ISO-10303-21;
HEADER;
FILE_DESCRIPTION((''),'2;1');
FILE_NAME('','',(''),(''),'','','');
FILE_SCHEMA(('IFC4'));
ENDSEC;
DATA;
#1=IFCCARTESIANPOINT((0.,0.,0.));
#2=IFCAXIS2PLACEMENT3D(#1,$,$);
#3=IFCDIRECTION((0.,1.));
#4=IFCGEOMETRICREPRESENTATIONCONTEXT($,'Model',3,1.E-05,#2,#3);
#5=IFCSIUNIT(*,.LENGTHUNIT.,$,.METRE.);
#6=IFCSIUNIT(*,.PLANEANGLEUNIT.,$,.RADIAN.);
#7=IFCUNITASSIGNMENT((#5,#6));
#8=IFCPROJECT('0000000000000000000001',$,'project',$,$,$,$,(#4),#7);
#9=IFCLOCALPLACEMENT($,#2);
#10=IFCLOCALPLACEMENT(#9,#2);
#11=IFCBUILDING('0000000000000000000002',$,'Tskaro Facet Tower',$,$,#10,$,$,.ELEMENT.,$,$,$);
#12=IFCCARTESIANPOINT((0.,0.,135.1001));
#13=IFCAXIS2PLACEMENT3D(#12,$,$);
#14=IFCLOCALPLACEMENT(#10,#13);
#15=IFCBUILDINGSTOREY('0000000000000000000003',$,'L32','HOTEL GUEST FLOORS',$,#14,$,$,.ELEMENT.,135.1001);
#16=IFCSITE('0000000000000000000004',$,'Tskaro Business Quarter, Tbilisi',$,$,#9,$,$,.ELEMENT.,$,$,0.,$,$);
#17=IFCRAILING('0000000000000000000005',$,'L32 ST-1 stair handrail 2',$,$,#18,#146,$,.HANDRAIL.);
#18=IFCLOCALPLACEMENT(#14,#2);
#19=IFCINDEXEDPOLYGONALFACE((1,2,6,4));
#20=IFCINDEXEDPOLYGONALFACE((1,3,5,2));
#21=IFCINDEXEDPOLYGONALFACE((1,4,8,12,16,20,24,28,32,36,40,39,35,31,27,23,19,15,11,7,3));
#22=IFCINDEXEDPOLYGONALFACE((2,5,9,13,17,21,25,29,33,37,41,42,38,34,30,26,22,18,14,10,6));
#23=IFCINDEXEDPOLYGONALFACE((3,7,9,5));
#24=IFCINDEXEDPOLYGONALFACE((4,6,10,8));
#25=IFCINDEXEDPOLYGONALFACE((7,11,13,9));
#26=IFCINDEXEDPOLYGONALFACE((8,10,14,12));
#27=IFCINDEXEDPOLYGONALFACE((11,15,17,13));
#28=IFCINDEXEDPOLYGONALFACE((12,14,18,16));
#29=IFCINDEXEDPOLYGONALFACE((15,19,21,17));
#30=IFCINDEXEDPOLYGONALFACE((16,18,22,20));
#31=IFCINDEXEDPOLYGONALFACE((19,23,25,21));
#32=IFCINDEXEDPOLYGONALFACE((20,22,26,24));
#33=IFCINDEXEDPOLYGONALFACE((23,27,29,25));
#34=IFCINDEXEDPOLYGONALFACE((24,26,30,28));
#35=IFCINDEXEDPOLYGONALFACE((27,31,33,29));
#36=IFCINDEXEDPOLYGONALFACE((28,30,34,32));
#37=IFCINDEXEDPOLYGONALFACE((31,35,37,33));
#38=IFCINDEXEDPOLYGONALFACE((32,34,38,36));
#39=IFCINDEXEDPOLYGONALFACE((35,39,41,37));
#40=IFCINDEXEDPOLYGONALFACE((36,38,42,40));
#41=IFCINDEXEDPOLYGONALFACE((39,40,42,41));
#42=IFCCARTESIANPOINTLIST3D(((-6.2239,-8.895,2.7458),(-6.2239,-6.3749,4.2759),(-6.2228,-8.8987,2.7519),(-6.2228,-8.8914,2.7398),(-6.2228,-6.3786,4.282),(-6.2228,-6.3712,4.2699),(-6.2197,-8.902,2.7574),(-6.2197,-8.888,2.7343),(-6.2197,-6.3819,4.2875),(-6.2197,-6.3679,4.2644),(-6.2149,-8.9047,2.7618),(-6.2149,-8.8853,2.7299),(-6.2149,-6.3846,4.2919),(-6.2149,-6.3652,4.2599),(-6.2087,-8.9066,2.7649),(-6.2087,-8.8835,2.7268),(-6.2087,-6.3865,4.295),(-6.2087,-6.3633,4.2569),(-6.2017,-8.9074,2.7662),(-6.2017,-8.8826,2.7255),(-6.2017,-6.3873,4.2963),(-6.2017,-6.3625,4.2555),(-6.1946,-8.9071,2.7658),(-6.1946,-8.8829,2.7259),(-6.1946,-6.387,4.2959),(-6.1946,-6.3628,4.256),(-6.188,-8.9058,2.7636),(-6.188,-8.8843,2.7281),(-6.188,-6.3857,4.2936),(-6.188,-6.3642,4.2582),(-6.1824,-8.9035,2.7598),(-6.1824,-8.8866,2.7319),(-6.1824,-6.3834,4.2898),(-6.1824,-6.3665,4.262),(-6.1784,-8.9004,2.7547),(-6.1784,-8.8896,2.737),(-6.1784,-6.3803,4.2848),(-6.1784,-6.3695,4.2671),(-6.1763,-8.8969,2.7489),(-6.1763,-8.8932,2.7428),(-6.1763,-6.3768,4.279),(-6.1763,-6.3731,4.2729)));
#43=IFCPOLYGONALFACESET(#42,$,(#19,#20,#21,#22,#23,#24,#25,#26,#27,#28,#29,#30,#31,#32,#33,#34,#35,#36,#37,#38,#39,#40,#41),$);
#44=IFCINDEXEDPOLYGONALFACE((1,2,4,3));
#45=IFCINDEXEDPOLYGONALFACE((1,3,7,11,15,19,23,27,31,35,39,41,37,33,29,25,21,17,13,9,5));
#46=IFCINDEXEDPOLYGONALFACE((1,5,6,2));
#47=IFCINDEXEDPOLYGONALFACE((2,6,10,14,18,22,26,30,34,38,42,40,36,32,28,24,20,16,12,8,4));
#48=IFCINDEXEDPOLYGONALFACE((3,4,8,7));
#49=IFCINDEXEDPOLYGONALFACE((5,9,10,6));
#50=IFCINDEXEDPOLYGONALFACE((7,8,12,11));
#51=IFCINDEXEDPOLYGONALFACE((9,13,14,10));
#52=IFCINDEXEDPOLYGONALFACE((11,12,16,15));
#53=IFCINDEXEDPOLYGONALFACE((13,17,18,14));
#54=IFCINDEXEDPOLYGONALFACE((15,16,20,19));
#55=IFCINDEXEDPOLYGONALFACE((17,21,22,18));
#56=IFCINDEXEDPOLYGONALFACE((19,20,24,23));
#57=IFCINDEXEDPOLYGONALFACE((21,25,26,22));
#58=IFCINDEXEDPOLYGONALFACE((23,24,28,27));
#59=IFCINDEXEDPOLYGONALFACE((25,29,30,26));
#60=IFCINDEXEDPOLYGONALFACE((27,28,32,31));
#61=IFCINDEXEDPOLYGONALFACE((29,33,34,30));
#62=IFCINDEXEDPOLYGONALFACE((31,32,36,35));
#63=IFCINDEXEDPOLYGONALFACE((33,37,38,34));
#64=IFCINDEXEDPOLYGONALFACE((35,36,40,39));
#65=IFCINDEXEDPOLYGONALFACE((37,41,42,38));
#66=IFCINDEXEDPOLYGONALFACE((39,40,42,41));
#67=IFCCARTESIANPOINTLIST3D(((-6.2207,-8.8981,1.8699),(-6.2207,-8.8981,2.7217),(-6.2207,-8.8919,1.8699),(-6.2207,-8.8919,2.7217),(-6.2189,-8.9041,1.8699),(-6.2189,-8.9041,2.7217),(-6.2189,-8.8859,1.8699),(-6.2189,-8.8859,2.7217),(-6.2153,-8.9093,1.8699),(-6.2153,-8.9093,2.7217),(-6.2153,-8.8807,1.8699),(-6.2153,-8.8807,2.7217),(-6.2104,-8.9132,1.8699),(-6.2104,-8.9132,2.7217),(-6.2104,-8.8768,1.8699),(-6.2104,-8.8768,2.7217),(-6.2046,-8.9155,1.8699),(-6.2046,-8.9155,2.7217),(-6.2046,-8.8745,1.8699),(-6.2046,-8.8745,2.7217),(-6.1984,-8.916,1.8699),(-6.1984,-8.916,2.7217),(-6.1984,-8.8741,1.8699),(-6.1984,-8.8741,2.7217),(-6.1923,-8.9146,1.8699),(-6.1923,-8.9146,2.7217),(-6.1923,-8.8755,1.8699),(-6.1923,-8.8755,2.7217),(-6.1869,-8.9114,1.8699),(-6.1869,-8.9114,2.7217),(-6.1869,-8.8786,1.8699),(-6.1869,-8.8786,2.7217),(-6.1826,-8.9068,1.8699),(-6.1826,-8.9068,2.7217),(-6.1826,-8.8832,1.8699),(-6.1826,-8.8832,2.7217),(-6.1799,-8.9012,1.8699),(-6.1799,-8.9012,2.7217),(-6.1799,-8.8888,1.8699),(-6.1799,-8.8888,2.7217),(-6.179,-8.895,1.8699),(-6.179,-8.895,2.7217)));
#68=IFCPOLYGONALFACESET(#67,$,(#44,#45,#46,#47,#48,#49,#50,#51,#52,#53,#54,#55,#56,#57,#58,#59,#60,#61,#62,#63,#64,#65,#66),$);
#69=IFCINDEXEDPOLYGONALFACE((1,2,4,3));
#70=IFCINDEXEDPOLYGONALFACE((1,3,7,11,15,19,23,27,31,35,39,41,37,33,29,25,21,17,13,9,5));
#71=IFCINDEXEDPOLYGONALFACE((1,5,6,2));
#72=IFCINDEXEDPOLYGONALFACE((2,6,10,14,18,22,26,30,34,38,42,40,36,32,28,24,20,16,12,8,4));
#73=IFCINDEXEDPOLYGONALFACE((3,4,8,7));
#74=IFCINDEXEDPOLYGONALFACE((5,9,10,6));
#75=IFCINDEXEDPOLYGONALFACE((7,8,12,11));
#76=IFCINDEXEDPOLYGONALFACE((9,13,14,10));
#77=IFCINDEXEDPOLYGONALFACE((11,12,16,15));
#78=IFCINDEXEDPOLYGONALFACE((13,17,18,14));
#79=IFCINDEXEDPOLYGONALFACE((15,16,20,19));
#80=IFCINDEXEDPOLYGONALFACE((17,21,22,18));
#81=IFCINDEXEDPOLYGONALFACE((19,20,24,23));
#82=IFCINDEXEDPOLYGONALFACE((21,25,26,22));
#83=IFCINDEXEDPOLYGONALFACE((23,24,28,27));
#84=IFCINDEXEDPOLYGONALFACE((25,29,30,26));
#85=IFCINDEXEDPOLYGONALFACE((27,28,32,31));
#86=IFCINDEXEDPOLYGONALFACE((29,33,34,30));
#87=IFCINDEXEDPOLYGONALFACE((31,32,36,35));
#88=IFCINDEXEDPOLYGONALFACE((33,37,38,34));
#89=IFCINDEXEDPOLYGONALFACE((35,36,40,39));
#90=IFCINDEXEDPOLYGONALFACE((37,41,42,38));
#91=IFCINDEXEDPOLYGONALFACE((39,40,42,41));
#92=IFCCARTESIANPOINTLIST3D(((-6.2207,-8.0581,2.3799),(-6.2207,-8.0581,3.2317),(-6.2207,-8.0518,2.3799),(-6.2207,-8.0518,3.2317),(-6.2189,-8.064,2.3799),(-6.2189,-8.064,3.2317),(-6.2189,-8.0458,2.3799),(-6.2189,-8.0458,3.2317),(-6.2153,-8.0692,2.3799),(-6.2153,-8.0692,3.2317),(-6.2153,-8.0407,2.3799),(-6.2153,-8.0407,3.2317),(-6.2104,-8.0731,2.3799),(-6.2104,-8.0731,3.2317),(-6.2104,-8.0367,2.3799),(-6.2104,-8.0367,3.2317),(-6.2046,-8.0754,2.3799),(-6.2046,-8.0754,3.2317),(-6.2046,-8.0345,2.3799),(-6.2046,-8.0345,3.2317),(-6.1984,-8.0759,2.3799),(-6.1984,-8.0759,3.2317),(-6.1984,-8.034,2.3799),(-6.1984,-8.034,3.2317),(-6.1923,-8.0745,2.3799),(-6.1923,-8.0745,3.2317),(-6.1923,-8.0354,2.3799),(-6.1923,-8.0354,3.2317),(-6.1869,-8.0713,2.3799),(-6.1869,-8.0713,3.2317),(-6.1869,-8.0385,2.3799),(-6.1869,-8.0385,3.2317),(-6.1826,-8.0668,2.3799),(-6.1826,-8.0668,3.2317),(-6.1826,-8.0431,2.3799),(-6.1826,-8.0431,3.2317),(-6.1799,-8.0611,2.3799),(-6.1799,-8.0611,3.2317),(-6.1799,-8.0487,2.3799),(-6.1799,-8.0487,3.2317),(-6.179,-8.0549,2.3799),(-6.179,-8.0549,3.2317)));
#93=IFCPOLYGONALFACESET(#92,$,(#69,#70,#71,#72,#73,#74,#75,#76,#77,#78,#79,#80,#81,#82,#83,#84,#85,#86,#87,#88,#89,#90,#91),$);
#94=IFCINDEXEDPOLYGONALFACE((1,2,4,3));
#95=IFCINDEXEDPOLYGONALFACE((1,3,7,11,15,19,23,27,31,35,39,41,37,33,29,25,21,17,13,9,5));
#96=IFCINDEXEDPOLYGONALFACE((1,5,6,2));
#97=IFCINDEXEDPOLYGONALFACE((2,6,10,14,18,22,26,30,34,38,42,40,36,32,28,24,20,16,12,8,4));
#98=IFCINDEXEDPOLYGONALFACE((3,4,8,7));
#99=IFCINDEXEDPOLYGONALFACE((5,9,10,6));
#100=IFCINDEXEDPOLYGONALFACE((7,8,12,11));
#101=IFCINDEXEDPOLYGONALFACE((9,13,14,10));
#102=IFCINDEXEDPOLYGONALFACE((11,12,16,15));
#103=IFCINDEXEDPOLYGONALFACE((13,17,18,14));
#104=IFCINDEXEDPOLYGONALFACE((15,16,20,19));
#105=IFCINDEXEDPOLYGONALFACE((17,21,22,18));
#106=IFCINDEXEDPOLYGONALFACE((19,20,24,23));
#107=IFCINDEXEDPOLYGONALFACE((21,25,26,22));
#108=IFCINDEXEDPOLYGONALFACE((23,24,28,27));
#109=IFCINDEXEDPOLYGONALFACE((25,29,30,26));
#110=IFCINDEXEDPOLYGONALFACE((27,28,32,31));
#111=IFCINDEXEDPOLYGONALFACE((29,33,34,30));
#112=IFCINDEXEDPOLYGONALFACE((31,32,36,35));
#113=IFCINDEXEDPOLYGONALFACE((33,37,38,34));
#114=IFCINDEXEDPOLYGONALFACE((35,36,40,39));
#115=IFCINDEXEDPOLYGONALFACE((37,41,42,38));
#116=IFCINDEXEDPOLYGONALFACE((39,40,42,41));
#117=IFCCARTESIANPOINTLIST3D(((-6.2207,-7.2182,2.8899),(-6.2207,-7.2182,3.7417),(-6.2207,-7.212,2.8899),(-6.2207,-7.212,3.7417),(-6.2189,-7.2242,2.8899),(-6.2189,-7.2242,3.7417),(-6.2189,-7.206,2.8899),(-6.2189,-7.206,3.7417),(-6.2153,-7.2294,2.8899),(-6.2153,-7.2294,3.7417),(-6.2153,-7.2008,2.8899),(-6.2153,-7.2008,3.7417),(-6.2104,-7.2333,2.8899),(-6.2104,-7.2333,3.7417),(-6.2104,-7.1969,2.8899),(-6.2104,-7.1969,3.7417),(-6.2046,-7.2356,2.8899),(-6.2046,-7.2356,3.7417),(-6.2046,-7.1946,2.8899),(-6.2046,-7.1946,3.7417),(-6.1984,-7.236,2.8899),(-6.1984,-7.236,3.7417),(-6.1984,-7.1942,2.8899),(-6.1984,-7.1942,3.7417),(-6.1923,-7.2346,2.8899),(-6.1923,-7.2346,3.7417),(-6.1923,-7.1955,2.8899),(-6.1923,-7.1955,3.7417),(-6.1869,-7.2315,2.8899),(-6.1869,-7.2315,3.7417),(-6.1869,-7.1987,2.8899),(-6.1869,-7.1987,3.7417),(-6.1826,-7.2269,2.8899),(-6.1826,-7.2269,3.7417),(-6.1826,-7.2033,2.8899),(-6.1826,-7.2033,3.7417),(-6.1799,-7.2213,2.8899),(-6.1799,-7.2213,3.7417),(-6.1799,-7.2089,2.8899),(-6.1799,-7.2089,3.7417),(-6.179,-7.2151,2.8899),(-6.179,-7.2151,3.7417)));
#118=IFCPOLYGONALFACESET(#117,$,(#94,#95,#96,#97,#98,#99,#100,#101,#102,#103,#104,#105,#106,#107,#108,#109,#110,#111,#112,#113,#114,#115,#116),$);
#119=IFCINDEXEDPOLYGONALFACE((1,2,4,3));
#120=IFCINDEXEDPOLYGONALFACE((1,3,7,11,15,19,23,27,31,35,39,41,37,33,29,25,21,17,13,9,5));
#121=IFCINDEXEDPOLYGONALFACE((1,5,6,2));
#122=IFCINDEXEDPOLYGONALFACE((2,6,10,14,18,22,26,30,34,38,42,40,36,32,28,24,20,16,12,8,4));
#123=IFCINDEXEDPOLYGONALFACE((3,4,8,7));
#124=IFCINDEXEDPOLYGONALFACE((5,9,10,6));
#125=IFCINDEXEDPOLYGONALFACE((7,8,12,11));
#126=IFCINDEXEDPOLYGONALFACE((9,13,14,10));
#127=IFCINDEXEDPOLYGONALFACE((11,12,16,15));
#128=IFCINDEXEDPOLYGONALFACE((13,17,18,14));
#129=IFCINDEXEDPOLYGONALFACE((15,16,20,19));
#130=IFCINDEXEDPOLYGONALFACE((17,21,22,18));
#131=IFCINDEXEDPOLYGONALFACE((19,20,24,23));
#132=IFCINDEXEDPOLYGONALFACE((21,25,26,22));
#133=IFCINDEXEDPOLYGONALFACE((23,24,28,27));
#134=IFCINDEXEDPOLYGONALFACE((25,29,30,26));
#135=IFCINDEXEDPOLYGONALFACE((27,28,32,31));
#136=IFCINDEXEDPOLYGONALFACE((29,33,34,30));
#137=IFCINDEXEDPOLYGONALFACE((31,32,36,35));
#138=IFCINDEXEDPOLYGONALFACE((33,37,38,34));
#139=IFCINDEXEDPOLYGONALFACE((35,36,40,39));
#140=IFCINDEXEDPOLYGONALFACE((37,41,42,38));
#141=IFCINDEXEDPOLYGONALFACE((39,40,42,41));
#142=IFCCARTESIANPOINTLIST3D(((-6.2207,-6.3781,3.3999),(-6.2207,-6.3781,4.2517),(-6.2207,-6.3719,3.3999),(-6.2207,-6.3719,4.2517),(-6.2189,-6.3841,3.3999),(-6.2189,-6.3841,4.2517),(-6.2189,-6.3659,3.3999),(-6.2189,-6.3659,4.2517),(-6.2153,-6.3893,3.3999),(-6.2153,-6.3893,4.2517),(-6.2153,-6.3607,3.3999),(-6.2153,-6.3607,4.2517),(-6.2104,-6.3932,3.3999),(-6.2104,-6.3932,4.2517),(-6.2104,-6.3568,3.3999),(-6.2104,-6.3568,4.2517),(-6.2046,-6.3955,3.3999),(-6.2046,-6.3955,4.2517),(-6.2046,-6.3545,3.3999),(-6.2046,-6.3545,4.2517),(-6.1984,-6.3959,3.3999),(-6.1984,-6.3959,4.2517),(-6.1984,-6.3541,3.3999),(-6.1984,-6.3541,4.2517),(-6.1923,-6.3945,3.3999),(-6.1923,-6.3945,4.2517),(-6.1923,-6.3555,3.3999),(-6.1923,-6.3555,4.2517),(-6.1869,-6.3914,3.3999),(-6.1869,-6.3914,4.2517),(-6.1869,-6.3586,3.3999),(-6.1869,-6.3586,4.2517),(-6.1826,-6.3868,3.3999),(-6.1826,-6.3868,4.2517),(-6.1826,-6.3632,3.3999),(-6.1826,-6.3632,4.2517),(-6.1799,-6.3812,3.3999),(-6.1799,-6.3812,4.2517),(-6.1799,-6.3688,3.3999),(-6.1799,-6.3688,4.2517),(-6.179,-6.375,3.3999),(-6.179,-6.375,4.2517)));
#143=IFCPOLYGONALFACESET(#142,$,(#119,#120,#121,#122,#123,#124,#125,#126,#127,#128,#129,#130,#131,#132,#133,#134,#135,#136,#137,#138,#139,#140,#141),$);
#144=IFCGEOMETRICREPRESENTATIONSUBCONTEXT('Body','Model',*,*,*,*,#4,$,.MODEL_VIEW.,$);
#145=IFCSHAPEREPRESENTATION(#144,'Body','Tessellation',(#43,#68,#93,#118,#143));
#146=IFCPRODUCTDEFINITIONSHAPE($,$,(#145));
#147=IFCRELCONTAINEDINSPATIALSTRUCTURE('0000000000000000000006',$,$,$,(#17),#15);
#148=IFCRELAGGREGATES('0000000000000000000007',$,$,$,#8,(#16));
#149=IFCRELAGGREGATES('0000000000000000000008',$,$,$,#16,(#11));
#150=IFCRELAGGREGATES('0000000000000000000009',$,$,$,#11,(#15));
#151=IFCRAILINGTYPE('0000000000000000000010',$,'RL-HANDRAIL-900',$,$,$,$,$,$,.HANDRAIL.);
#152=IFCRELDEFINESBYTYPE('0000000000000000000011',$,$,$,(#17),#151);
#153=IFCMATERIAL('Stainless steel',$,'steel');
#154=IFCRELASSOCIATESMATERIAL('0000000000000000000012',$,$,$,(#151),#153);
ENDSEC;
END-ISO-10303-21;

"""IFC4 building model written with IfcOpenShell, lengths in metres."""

from ifc_helpers import new_model, si_unit, direction, frame, origin, origin_2d, place, context, subcontext, project, spatial, circle, extrude, material, type_object, element, save


model = new_model("IFC4")

# Units and contexts
model_context = context("Model", 3, precision=1e-05, world=origin(), true_north=direction((0.0, 1.0)))
body_context = subcontext(model_context, "Body", "Model", "MODEL_VIEW")
ifc_project = project(units=[si_unit("LENGTHUNIT", "METRE"), si_unit("PLANEANGLEUNIT", "RADIAN")], contexts=[model_context])

# Site, building, storey
site_placement = place(None, origin())
site = spatial("IfcSite", under=ifc_project, at=site_placement, Name="Tskaro Business Quarter, Tbilisi", CompositionType="ELEMENT", RefElevation=0.0)
building_placement = place(site_placement, origin())
building = spatial("IfcBuilding", under=site, at=building_placement, Name="Tskaro Facet Tower", CompositionType="ELEMENT")
storey_placement = place(building_placement, frame((0.0, 0.0, 135.1001)))
storey = spatial("IfcBuildingStorey", under=building, at=storey_placement, Name="L32", Description="HOTEL GUEST FLOORS", CompositionType="ELEMENT", Elevation=135.1001)

# Shared definitions
ifc_material_1 = material(Name="Stainless steel", Category="steel")

# Railing
railing_type_1 = type_object("IfcRailingType", Name="RL-HANDRAIL-900", PredefinedType="HANDRAIL", material=ifc_material_1)
railing_1_placement = place(storey_placement, frame((-6.2, -8.895, 1.8699)))
element("IfcRailing", 1, at=railing_1_placement, inside=storey, type_object=railing_type_1, Name="L32 ST-1 stair handrail 2", PredefinedType="HANDRAIL", context=body_context, shape_type="SweptSolid", body=[
    extrude(circle(Radius=0.0239, at=origin_2d()), frame((0.0, 0.0, 0.876), z_axis=(0.0, 0.854785, 0.518982), x_axis=(-1.0, 0.0, 0.0)), (0.0, 0.0, 1.0), 2.9482),
    extrude(circle(Radius=0.021, at=origin_2d()), origin(), (0.0, 0.0, 1.0), 0.8518),
    extrude(circle(Radius=0.021, at=origin_2d()), frame((0.0, 0.8401, 0.51)), (0.0, 0.0, 1.0), 0.8518),
    extrude(circle(Radius=0.021, at=origin_2d()), frame((0.0, 1.6799, 1.02)), (0.0, 0.0, 1.0), 0.8518),
    extrude(circle(Radius=0.021, at=origin_2d()), frame((0.0, 2.52, 1.53)), (0.0, 0.0, 1.0), 0.8518),
])

save(model, "model.ifc")
